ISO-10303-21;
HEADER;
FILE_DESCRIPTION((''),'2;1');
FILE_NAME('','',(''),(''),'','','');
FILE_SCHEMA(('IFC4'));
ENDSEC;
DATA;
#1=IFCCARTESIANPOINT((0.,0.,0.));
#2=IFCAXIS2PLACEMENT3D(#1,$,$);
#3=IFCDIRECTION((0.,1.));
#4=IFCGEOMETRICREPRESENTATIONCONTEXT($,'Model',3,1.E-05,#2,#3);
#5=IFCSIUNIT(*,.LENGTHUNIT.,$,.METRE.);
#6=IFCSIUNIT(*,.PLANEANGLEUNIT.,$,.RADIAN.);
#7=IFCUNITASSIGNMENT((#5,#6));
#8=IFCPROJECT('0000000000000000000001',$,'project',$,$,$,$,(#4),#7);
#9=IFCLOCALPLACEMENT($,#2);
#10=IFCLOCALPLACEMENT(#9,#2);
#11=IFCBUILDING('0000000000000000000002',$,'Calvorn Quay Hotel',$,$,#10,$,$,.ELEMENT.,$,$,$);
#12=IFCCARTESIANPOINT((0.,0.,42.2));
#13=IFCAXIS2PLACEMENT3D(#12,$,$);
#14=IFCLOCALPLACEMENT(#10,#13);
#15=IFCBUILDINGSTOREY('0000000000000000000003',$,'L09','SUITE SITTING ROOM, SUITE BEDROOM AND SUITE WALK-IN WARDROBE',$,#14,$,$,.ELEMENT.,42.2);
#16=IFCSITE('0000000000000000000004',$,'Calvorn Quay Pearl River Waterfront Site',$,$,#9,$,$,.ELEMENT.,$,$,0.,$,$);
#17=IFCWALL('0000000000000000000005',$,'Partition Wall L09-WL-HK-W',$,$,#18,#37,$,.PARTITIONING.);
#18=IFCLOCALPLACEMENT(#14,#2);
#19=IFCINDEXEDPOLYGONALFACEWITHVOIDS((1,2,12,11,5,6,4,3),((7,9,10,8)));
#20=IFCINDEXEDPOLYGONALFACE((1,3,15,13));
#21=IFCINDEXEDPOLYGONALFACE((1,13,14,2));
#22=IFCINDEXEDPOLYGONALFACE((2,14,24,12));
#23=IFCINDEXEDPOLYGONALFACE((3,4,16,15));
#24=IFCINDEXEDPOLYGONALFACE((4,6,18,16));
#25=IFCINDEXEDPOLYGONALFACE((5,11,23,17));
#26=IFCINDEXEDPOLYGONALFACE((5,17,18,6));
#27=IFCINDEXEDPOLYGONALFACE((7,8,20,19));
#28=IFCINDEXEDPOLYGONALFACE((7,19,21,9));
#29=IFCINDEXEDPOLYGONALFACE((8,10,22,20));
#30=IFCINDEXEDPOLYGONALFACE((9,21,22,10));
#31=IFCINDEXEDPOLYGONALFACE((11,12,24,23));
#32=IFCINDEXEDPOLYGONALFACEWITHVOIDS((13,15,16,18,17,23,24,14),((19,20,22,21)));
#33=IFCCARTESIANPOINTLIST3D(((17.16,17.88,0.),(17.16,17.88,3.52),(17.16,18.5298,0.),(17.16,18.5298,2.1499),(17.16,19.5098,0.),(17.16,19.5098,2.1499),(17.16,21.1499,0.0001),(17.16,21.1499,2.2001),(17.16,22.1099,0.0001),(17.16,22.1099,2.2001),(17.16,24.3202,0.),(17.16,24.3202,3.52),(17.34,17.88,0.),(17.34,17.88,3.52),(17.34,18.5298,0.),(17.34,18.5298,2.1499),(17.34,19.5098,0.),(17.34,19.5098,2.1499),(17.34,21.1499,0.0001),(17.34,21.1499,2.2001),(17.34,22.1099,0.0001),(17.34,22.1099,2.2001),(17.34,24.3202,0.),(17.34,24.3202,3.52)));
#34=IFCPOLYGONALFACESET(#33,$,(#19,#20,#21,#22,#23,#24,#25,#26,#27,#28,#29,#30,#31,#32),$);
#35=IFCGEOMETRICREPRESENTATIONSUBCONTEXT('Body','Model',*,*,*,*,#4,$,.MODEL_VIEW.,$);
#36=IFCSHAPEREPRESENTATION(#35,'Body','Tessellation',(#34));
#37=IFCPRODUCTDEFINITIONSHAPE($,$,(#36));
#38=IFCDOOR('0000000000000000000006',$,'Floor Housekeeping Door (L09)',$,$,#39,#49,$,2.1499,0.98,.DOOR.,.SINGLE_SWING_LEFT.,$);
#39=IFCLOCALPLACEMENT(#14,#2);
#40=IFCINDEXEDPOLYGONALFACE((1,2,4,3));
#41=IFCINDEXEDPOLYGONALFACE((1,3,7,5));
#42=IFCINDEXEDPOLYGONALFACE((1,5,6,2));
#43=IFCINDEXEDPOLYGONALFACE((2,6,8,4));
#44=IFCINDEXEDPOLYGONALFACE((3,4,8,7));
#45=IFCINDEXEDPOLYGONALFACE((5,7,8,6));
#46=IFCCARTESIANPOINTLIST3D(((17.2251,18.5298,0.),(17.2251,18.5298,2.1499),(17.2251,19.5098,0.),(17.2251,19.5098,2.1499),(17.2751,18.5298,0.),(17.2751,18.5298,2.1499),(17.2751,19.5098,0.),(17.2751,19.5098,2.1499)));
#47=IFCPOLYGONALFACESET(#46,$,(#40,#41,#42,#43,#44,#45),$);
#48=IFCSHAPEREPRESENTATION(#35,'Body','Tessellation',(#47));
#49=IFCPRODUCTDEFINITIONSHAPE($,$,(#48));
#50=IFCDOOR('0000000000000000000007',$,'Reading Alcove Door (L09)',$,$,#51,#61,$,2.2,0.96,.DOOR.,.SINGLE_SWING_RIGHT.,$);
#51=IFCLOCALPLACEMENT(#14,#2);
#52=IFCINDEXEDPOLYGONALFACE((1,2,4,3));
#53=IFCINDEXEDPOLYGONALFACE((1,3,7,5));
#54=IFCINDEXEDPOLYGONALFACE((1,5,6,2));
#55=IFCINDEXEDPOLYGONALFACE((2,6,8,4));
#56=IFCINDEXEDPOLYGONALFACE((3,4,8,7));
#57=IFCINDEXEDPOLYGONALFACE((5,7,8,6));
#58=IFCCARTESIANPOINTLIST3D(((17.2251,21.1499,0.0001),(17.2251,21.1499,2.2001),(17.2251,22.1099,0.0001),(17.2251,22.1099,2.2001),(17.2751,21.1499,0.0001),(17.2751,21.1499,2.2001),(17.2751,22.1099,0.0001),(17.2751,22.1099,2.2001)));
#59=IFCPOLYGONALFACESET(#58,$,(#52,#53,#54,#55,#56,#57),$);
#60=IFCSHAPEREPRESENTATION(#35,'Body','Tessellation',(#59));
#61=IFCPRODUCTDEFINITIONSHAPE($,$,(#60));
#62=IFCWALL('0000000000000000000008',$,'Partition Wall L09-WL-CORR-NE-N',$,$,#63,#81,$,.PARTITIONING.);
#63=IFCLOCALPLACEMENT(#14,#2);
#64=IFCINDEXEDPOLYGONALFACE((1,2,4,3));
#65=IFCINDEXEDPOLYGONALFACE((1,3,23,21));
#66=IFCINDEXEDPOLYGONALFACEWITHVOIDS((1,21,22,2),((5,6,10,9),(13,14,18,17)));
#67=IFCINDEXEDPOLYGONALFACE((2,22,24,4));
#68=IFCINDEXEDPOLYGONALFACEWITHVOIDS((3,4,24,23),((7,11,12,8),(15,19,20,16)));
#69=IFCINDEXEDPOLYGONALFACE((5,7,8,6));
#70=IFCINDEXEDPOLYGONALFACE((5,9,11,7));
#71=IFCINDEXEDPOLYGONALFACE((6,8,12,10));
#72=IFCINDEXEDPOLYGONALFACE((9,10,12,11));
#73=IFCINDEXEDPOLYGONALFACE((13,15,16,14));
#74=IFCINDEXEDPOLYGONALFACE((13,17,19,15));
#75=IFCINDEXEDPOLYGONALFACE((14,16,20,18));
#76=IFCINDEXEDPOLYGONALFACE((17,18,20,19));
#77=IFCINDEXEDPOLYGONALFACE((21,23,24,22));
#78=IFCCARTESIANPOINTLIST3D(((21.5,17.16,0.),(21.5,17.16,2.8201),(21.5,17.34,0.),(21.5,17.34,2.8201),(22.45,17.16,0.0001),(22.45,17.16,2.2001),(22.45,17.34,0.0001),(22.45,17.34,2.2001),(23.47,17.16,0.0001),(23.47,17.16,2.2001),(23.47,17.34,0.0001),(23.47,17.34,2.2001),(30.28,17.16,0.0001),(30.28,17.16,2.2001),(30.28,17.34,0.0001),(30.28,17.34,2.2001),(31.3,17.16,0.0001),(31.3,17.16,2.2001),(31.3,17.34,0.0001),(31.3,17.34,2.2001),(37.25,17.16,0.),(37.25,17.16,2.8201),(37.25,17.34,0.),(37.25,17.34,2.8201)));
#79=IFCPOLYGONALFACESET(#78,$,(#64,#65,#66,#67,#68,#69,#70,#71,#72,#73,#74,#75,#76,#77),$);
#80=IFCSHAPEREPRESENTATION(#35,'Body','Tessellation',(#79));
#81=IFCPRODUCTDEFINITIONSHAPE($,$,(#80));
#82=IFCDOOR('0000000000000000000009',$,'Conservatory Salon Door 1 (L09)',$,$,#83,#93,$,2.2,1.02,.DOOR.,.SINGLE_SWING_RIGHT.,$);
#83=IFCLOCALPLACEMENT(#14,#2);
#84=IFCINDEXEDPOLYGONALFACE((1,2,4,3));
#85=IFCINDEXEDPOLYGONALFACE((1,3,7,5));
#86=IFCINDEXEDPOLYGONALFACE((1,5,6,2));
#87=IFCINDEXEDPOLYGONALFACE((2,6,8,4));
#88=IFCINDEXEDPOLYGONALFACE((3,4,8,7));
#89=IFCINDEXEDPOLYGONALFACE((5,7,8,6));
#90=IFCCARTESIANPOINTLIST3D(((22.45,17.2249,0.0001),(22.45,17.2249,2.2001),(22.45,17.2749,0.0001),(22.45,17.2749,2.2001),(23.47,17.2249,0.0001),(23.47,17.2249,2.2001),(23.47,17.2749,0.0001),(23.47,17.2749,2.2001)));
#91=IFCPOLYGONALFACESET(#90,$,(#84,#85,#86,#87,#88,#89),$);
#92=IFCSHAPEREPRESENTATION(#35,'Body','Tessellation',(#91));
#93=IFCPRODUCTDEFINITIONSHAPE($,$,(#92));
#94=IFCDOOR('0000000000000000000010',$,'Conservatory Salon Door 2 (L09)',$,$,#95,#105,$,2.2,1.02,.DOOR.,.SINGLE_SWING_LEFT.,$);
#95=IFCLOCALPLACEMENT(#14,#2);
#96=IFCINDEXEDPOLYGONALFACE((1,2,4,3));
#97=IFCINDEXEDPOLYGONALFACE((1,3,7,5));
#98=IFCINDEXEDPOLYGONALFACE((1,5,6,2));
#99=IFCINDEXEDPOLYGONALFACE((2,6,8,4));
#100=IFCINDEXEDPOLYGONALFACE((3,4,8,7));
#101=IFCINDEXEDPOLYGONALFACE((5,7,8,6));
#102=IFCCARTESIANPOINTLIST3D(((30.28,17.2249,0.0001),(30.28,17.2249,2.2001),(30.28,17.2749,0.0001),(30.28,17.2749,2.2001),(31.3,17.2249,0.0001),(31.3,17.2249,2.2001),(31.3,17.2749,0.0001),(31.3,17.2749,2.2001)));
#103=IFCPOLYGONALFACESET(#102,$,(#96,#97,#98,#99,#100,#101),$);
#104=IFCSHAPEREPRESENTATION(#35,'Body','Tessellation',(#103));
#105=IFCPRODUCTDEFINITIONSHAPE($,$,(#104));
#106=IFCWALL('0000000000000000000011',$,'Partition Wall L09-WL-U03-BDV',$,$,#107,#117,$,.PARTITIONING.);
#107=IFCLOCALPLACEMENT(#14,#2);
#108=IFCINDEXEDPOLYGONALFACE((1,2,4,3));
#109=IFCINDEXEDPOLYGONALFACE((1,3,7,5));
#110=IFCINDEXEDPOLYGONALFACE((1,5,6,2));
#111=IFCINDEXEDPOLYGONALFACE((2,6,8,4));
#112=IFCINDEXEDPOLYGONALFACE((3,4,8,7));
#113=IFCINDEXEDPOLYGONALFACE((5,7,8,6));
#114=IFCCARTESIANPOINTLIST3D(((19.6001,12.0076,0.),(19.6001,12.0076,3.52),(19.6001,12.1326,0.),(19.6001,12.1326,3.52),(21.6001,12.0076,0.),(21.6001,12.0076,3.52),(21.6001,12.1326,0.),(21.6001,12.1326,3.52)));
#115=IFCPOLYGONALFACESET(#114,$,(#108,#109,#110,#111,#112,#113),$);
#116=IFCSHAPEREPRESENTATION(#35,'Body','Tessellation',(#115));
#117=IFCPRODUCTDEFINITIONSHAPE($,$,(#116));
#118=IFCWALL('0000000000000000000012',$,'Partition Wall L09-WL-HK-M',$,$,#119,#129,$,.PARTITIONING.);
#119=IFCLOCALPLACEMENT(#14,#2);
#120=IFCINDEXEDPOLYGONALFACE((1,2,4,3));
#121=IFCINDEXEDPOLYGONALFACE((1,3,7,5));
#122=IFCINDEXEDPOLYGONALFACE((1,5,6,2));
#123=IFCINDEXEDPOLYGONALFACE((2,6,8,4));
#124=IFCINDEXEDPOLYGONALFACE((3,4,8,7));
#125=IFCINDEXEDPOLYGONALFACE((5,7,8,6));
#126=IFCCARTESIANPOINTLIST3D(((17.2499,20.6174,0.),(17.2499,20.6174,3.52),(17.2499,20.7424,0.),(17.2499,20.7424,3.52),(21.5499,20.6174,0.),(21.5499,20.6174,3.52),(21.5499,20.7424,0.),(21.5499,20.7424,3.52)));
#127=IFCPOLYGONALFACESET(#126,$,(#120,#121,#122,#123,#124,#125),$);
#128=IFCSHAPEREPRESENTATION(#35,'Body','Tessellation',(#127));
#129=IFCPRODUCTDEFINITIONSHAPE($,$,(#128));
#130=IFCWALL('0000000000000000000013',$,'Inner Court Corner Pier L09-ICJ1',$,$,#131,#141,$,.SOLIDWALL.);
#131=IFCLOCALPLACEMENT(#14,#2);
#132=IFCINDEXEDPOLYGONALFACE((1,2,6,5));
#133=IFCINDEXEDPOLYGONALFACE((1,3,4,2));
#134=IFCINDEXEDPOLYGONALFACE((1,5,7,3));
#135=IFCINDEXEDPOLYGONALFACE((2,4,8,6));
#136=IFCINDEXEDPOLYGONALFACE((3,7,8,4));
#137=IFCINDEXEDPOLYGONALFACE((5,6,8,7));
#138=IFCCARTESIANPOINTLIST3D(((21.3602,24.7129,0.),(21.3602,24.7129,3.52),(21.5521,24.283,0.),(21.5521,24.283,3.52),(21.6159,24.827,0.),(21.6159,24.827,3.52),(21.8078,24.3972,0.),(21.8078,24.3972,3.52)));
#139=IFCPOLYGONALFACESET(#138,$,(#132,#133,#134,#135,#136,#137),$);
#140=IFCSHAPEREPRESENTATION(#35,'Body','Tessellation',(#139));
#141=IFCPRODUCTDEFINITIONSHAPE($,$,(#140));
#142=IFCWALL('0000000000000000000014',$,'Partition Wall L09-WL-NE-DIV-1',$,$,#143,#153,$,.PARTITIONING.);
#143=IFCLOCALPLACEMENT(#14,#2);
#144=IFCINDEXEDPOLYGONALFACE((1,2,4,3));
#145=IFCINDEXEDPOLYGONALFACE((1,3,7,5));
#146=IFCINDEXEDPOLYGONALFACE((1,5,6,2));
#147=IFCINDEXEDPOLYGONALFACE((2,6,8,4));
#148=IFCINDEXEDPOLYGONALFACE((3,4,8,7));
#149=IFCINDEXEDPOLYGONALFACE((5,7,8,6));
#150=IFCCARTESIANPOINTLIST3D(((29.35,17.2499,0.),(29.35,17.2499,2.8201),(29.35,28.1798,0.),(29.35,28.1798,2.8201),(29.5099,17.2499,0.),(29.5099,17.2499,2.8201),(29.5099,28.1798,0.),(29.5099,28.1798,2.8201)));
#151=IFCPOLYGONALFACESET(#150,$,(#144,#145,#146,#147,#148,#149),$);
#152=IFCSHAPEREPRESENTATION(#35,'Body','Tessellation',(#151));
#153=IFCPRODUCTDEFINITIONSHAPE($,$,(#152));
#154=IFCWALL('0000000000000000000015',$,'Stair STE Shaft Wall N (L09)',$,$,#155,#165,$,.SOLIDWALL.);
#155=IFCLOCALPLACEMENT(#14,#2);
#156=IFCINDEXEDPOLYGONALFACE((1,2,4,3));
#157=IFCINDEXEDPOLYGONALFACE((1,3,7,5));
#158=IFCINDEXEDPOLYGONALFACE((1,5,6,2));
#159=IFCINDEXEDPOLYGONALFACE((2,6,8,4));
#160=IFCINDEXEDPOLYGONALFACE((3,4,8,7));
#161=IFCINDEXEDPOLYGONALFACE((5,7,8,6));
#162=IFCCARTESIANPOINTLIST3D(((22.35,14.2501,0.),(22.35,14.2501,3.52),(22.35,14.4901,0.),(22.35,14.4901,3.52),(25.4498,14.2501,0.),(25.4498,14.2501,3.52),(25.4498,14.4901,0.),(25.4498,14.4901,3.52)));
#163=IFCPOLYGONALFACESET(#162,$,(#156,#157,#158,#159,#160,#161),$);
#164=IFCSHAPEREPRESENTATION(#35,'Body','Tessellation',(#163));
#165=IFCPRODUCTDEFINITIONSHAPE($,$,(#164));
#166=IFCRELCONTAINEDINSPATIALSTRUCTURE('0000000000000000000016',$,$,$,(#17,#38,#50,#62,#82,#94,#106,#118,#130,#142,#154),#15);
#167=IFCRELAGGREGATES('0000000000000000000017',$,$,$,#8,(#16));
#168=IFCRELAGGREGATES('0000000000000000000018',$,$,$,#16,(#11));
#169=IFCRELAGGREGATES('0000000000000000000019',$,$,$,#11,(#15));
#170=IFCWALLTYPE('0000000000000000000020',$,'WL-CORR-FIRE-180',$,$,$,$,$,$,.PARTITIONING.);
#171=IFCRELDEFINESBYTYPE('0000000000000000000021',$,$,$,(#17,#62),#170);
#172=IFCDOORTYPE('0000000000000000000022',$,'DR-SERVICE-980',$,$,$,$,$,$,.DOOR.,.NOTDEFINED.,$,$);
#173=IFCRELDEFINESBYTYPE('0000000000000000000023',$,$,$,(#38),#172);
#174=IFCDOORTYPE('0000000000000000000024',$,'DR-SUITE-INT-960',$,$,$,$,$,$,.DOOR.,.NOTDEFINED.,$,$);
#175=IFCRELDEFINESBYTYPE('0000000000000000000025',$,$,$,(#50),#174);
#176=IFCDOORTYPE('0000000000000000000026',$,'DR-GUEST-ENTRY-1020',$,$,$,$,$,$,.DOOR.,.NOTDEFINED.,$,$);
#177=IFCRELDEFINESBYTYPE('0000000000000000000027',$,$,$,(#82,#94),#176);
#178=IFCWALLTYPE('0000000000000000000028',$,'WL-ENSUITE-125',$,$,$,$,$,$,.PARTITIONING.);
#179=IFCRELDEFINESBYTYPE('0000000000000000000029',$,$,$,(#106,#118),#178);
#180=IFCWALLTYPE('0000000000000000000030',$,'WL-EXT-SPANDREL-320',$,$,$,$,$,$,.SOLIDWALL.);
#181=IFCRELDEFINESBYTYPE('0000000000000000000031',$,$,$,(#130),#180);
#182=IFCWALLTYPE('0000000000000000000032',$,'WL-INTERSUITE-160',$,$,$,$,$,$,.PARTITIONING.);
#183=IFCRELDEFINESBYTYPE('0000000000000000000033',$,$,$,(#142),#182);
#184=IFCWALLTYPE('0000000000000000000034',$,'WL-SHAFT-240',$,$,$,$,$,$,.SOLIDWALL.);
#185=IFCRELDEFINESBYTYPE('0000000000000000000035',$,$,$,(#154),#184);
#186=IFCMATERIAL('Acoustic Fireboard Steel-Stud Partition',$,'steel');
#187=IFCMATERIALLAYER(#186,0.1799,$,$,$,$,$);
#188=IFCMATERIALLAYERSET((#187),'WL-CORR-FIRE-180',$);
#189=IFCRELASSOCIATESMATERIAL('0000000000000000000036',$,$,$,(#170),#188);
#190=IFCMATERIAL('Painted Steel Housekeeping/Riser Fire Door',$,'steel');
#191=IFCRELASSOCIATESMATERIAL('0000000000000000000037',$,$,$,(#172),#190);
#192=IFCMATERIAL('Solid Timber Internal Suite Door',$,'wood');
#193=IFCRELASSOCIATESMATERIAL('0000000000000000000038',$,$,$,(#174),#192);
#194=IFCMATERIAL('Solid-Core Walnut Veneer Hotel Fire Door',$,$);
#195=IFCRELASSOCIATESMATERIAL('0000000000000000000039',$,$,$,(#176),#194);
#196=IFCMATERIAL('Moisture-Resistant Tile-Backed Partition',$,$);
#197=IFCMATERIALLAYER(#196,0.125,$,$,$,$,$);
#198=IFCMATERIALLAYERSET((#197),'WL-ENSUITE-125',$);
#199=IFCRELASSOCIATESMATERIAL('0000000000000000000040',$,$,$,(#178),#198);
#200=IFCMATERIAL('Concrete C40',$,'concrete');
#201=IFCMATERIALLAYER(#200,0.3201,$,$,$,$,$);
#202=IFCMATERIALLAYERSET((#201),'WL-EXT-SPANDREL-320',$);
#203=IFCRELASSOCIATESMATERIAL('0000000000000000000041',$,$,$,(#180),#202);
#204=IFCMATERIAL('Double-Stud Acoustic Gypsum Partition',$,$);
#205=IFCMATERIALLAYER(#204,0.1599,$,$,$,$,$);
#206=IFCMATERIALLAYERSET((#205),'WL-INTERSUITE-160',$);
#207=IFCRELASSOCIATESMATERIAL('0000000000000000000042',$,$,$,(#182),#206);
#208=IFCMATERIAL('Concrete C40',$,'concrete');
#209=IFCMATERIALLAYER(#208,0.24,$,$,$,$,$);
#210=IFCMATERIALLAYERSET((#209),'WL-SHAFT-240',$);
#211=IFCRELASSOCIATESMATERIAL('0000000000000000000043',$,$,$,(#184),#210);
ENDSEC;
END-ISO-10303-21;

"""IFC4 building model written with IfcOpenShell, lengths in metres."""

from ifc_helpers import new_model, si_unit, direction, frame, frame_2d, origin, place, context, subcontext, project, spatial, rectangle, extrude, material, layer, layer_set, type_object, element, fill, save


model = new_model("IFC4")

# Units and contexts
model_context = context("Model", 3, precision=1e-05, world=origin(), true_north=direction((0.0, 1.0)))
body_context = subcontext(model_context, "Body", "Model", "MODEL_VIEW")
ifc_project = project(units=[si_unit("LENGTHUNIT", "METRE"), si_unit("PLANEANGLEUNIT", "RADIAN")], contexts=[model_context])

# Site, building, storey
site_placement = place(None, origin())
site = spatial("IfcSite", under=ifc_project, at=site_placement, Name="Calvorn Quay Pearl River Waterfront Site", CompositionType="ELEMENT", RefElevation=0.0)
building_placement = place(site_placement, origin())
building = spatial("IfcBuilding", under=site, at=building_placement, Name="Calvorn Quay Hotel", CompositionType="ELEMENT")
storey_placement = place(building_placement, frame((0.0, 0.0, 42.2)))
storey = spatial("IfcBuildingStorey", under=building, at=storey_placement, Name="L09", Description="SUITE SITTING ROOM, SUITE BEDROOM AND SUITE WALK-IN WARDROBE", CompositionType="ELEMENT", Elevation=42.2)

# Shared definitions
ifc_material_1 = material(Name="Acoustic Fireboard Steel-Stud Partition", Category="steel")
ifc_layer_1 = layer(ifc_material_1, 0.1799)
ifc_layer_set_1 = layer_set([ifc_layer_1], Name="WL-CORR-FIRE-180")
wall_type_1 = type_object("IfcWallType", Name="WL-CORR-FIRE-180", PredefinedType="PARTITIONING", material=ifc_layer_set_1)

# Walls, openings, doors
wall_1_placement = place(storey_placement, frame((17.25, 17.8799, 0.0), z_axis=(0.0, 0.0, 1.0), x_axis=(0.0, 1.0, 0.0)))
wall_1 = element("IfcWall", 1, at=wall_1_placement, inside=storey, type_object=wall_type_1, Name="Partition Wall L09-WL-HK-W", PredefinedType="PARTITIONING", context=body_context, shape_type="SweptSolid", body=[
    extrude(rectangle(XDim=6.4402, YDim=0.1799, at=frame_2d((3.2202, 0.0))), origin(), (0.0, 0.0, 1.0), 3.52),
])
opening_1_placement = place(wall_1_placement, frame((0.6499, 0.0, 0.0)))
opening_1 = element("IfcOpeningElement", 2, at=opening_1_placement, cuts=wall_1, PredefinedType="OPENING", context=body_context, shape_type="SweptSolid", body=[
    extrude(rectangle(XDim=0.98, YDim=2.1499, at=frame_2d((0.49, 1.075))), frame((0.0, 0.0999, 0.0), z_axis=(0.0, -1.0, 0.0), x_axis=(1.0, 0.0, 0.0)), (0.0, 0.0, 1.0), 0.2),
])
opening_2_placement = place(wall_1_placement, frame((3.27, 0.0, 0.0)))
opening_2 = element("IfcOpeningElement", 3, at=opening_2_placement, cuts=wall_1, PredefinedType="OPENING", context=body_context, shape_type="SweptSolid", body=[
    extrude(rectangle(XDim=0.96, YDim=2.2, at=frame_2d((0.48, 1.1001))), frame((0.0, 0.0999, 0.0), z_axis=(0.0, -1.0, 0.0), x_axis=(1.0, 0.0, 0.0)), (0.0, 0.0, 1.0), 0.2),
])
ifc_material_2 = material(Name="Painted Steel Housekeeping/Riser Fire Door", Category="steel")
door_type_1 = type_object("IfcDoorType", Name="DR-SERVICE-980", OperationType="NOTDEFINED", PredefinedType="DOOR", material=ifc_material_2)
door_1_placement = place(opening_1_placement, origin())
door_1 = element("IfcDoor", 4, at=door_1_placement, inside=storey, type_object=door_type_1, Name="Floor Housekeeping Door (L09)", OperationType="SINGLE_SWING_LEFT", OverallHeight=2.1499, OverallWidth=0.98, PredefinedType="DOOR", context=body_context, shape_type="SweptSolid", body=[
    extrude(rectangle(XDim=0.98, YDim=2.1499, at=frame_2d((0.49, 1.075))), frame((0.0, 0.0249, 0.0), z_axis=(0.0, -1.0, 0.0), x_axis=(1.0, 0.0, 0.0)), (0.0, 0.0, 1.0), 0.05),
])
fill(opening_1, door_1)
ifc_material_3 = material(Name="Solid Timber Internal Suite Door", Category="wood")
door_type_2 = type_object("IfcDoorType", Name="DR-SUITE-INT-960", OperationType="NOTDEFINED", PredefinedType="DOOR", material=ifc_material_3)
door_2_placement = place(opening_2_placement, origin())
door_2 = element("IfcDoor", 5, at=door_2_placement, inside=storey, type_object=door_type_2, Name="Reading Alcove Door (L09)", OperationType="SINGLE_SWING_RIGHT", OverallHeight=2.2, OverallWidth=0.96, PredefinedType="DOOR", context=body_context, shape_type="SweptSolid", body=[
    extrude(rectangle(XDim=0.96, YDim=2.2, at=frame_2d((0.48, 1.1001))), frame((0.0, 0.0249, 0.0), z_axis=(0.0, -1.0, 0.0), x_axis=(1.0, 0.0, 0.0)), (0.0, 0.0, 1.0), 0.05),
])
fill(opening_2, door_2)
wall_2_placement = place(storey_placement, frame((21.5, 17.25, 0.0), z_axis=(0.0, 0.0, 1.0), x_axis=(1.0, 0.0, 0.0)))
wall_2 = element("IfcWall", 6, at=wall_2_placement, inside=storey, type_object=wall_type_1, Name="Partition Wall L09-WL-CORR-NE-N", PredefinedType="PARTITIONING", context=body_context, shape_type="SweptSolid", body=[
    extrude(rectangle(XDim=15.75, YDim=0.1799, at=frame_2d((7.875, 0.0))), origin(), (0.0, 0.0, 1.0), 2.8201),
])
opening_3_placement = place(wall_2_placement, frame((0.95, 0.0, 0.0)))
opening_3 = element("IfcOpeningElement", 7, at=opening_3_placement, cuts=wall_2, PredefinedType="OPENING", context=body_context, shape_type="SweptSolid", body=[
    extrude(rectangle(XDim=1.02, YDim=2.2, at=frame_2d((0.51, 1.1001))), frame((0.0, 0.0999, 0.0), z_axis=(0.0, -1.0, 0.0), x_axis=(1.0, 0.0, 0.0)), (0.0, 0.0, 1.0), 0.2),
])
opening_4_placement = place(wall_2_placement, frame((8.78, 0.0, 0.0)))
opening_4 = element("IfcOpeningElement", 8, at=opening_4_placement, cuts=wall_2, PredefinedType="OPENING", context=body_context, shape_type="SweptSolid", body=[
    extrude(rectangle(XDim=1.02, YDim=2.2, at=frame_2d((0.51, 1.1001))), frame((0.0, 0.0999, 0.0), z_axis=(0.0, -1.0, 0.0), x_axis=(1.0, 0.0, 0.0)), (0.0, 0.0, 1.0), 0.2),
])
ifc_material_4 = material(Name="Solid-Core Walnut Veneer Hotel Fire Door")
door_type_3 = type_object("IfcDoorType", Name="DR-GUEST-ENTRY-1020", OperationType="NOTDEFINED", PredefinedType="DOOR", material=ifc_material_4)
door_3_placement = place(opening_3_placement, origin())
door_3 = element("IfcDoor", 9, at=door_3_placement, inside=storey, type_object=door_type_3, Name="Conservatory Salon Door 1 (L09)", OperationType="SINGLE_SWING_RIGHT", OverallHeight=2.2, OverallWidth=1.02, PredefinedType="DOOR", context=body_context, shape_type="SweptSolid", body=[
    extrude(rectangle(XDim=1.02, YDim=2.2, at=frame_2d((0.51, 1.1001))), frame((0.0, 0.0249, 0.0), z_axis=(0.0, -1.0, 0.0), x_axis=(1.0, 0.0, 0.0)), (0.0, 0.0, 1.0), 0.05),
])
fill(opening_3, door_3)
door_4_placement = place(opening_4_placement, origin())
door_4 = element("IfcDoor", 10, at=door_4_placement, inside=storey, type_object=door_type_3, Name="Conservatory Salon Door 2 (L09)", OperationType="SINGLE_SWING_LEFT", OverallHeight=2.2, OverallWidth=1.02, PredefinedType="DOOR", context=body_context, shape_type="SweptSolid", body=[
    extrude(rectangle(XDim=1.02, YDim=2.2, at=frame_2d((0.51, 1.1001))), frame((0.0, 0.0249, 0.0), z_axis=(0.0, -1.0, 0.0), x_axis=(1.0, 0.0, 0.0)), (0.0, 0.0, 1.0), 0.05),
])
fill(opening_4, door_4)

# Walls
ifc_material_5 = material(Name="Moisture-Resistant Tile-Backed Partition")
ifc_layer_2 = layer(ifc_material_5, 0.125)
ifc_layer_set_2 = layer_set([ifc_layer_2], Name="WL-ENSUITE-125")
wall_type_2 = type_object("IfcWallType", Name="WL-ENSUITE-125", PredefinedType="PARTITIONING", material=ifc_layer_set_2)
wall_3_placement = place(storey_placement, frame((19.6001, 12.0701, 0.0), z_axis=(0.0, 0.0, 1.0), x_axis=(1.0, 0.0, 0.0)))
element("IfcWall", 11, at=wall_3_placement, inside=storey, type_object=wall_type_2, Name="Partition Wall L09-WL-U03-BDV", PredefinedType="PARTITIONING", context=body_context, shape_type="SweptSolid", body=[
    extrude(rectangle(XDim=2.0, YDim=0.125, at=frame_2d((1.0, 0.0))), origin(), (0.0, 0.0, 1.0), 3.52),
])
wall_4_placement = place(storey_placement, frame((17.25, 20.6799, 0.0), z_axis=(0.0, 0.0, 1.0), x_axis=(1.0, 0.0, 0.0)))
element("IfcWall", 12, at=wall_4_placement, inside=storey, type_object=wall_type_2, Name="Partition Wall L09-WL-HK-M", PredefinedType="PARTITIONING", context=body_context, shape_type="SweptSolid", body=[
    extrude(rectangle(XDim=4.3, YDim=0.125, at=frame_2d((2.1499, 0.0))), origin(), (0.0, 0.0, 1.0), 3.52),
])
ifc_material_6 = material(Name="Concrete C40", Category="concrete")
ifc_layer_3 = layer(ifc_material_6, 0.3201)
ifc_layer_set_3 = layer_set([ifc_layer_3], Name="WL-EXT-SPANDREL-320")
wall_type_3 = type_object("IfcWallType", Name="WL-EXT-SPANDREL-320", PredefinedType="SOLIDWALL", material=ifc_layer_set_3)
wall_5_placement = place(storey_placement, frame((21.6799, 24.3401, 0.0), z_axis=(0.0, 0.0, 1.0), x_axis=(-0.407581, 0.913169, 0.0)))
element("IfcWall", 13, at=wall_5_placement, inside=storey, type_object=wall_type_3, Name="Inner Court Corner Pier L09-ICJ1", PredefinedType="SOLIDWALL", context=body_context, shape_type="SweptSolid", body=[
    extrude(rectangle(XDim=0.4707, YDim=0.28, at=frame_2d((0.2354, 0.0))), origin(), (0.0, 0.0, 1.0), 3.52),
])
ifc_material_7 = material(Name="Double-Stud Acoustic Gypsum Partition")
ifc_layer_4 = layer(ifc_material_7, 0.1599)
ifc_layer_set_4 = layer_set([ifc_layer_4], Name="WL-INTERSUITE-160")
wall_type_4 = type_object("IfcWallType", Name="WL-INTERSUITE-160", PredefinedType="PARTITIONING", material=ifc_layer_set_4)
wall_6_placement = place(storey_placement, frame((29.4299, 17.25, 0.0), z_axis=(0.0, 0.0, 1.0), x_axis=(0.0, 1.0, 0.0)))
element("IfcWall", 14, at=wall_6_placement, inside=storey, type_object=wall_type_4, Name="Partition Wall L09-WL-NE-DIV-1", PredefinedType="PARTITIONING", context=body_context, shape_type="SweptSolid", body=[
    extrude(rectangle(XDim=10.9299, YDim=0.1599, at=frame_2d((5.4648, 0.0))), origin(), (0.0, 0.0, 1.0), 2.8201),
])
ifc_material_8 = material(Name="Concrete C40", Category="concrete")
ifc_layer_5 = layer(ifc_material_8, 0.24)
ifc_layer_set_5 = layer_set([ifc_layer_5], Name="WL-SHAFT-240")
wall_type_5 = type_object("IfcWallType", Name="WL-SHAFT-240", PredefinedType="SOLIDWALL", material=ifc_layer_set_5)
wall_7_placement = place(storey_placement, frame((22.3501, 14.3701, 0.0), z_axis=(0.0, 0.0, 1.0), x_axis=(1.0, 0.0, 0.0)))
element("IfcWall", 15, at=wall_7_placement, inside=storey, type_object=wall_type_5, Name="Stair STE Shaft Wall N (L09)", PredefinedType="SOLIDWALL", context=body_context, shape_type="SweptSolid", body=[
    extrude(rectangle(XDim=3.0999, YDim=0.24, at=frame_2d((1.5498, 0.0))), origin(), (0.0, 0.0, 1.0), 3.52),
])

save(model, "model.ifc")
